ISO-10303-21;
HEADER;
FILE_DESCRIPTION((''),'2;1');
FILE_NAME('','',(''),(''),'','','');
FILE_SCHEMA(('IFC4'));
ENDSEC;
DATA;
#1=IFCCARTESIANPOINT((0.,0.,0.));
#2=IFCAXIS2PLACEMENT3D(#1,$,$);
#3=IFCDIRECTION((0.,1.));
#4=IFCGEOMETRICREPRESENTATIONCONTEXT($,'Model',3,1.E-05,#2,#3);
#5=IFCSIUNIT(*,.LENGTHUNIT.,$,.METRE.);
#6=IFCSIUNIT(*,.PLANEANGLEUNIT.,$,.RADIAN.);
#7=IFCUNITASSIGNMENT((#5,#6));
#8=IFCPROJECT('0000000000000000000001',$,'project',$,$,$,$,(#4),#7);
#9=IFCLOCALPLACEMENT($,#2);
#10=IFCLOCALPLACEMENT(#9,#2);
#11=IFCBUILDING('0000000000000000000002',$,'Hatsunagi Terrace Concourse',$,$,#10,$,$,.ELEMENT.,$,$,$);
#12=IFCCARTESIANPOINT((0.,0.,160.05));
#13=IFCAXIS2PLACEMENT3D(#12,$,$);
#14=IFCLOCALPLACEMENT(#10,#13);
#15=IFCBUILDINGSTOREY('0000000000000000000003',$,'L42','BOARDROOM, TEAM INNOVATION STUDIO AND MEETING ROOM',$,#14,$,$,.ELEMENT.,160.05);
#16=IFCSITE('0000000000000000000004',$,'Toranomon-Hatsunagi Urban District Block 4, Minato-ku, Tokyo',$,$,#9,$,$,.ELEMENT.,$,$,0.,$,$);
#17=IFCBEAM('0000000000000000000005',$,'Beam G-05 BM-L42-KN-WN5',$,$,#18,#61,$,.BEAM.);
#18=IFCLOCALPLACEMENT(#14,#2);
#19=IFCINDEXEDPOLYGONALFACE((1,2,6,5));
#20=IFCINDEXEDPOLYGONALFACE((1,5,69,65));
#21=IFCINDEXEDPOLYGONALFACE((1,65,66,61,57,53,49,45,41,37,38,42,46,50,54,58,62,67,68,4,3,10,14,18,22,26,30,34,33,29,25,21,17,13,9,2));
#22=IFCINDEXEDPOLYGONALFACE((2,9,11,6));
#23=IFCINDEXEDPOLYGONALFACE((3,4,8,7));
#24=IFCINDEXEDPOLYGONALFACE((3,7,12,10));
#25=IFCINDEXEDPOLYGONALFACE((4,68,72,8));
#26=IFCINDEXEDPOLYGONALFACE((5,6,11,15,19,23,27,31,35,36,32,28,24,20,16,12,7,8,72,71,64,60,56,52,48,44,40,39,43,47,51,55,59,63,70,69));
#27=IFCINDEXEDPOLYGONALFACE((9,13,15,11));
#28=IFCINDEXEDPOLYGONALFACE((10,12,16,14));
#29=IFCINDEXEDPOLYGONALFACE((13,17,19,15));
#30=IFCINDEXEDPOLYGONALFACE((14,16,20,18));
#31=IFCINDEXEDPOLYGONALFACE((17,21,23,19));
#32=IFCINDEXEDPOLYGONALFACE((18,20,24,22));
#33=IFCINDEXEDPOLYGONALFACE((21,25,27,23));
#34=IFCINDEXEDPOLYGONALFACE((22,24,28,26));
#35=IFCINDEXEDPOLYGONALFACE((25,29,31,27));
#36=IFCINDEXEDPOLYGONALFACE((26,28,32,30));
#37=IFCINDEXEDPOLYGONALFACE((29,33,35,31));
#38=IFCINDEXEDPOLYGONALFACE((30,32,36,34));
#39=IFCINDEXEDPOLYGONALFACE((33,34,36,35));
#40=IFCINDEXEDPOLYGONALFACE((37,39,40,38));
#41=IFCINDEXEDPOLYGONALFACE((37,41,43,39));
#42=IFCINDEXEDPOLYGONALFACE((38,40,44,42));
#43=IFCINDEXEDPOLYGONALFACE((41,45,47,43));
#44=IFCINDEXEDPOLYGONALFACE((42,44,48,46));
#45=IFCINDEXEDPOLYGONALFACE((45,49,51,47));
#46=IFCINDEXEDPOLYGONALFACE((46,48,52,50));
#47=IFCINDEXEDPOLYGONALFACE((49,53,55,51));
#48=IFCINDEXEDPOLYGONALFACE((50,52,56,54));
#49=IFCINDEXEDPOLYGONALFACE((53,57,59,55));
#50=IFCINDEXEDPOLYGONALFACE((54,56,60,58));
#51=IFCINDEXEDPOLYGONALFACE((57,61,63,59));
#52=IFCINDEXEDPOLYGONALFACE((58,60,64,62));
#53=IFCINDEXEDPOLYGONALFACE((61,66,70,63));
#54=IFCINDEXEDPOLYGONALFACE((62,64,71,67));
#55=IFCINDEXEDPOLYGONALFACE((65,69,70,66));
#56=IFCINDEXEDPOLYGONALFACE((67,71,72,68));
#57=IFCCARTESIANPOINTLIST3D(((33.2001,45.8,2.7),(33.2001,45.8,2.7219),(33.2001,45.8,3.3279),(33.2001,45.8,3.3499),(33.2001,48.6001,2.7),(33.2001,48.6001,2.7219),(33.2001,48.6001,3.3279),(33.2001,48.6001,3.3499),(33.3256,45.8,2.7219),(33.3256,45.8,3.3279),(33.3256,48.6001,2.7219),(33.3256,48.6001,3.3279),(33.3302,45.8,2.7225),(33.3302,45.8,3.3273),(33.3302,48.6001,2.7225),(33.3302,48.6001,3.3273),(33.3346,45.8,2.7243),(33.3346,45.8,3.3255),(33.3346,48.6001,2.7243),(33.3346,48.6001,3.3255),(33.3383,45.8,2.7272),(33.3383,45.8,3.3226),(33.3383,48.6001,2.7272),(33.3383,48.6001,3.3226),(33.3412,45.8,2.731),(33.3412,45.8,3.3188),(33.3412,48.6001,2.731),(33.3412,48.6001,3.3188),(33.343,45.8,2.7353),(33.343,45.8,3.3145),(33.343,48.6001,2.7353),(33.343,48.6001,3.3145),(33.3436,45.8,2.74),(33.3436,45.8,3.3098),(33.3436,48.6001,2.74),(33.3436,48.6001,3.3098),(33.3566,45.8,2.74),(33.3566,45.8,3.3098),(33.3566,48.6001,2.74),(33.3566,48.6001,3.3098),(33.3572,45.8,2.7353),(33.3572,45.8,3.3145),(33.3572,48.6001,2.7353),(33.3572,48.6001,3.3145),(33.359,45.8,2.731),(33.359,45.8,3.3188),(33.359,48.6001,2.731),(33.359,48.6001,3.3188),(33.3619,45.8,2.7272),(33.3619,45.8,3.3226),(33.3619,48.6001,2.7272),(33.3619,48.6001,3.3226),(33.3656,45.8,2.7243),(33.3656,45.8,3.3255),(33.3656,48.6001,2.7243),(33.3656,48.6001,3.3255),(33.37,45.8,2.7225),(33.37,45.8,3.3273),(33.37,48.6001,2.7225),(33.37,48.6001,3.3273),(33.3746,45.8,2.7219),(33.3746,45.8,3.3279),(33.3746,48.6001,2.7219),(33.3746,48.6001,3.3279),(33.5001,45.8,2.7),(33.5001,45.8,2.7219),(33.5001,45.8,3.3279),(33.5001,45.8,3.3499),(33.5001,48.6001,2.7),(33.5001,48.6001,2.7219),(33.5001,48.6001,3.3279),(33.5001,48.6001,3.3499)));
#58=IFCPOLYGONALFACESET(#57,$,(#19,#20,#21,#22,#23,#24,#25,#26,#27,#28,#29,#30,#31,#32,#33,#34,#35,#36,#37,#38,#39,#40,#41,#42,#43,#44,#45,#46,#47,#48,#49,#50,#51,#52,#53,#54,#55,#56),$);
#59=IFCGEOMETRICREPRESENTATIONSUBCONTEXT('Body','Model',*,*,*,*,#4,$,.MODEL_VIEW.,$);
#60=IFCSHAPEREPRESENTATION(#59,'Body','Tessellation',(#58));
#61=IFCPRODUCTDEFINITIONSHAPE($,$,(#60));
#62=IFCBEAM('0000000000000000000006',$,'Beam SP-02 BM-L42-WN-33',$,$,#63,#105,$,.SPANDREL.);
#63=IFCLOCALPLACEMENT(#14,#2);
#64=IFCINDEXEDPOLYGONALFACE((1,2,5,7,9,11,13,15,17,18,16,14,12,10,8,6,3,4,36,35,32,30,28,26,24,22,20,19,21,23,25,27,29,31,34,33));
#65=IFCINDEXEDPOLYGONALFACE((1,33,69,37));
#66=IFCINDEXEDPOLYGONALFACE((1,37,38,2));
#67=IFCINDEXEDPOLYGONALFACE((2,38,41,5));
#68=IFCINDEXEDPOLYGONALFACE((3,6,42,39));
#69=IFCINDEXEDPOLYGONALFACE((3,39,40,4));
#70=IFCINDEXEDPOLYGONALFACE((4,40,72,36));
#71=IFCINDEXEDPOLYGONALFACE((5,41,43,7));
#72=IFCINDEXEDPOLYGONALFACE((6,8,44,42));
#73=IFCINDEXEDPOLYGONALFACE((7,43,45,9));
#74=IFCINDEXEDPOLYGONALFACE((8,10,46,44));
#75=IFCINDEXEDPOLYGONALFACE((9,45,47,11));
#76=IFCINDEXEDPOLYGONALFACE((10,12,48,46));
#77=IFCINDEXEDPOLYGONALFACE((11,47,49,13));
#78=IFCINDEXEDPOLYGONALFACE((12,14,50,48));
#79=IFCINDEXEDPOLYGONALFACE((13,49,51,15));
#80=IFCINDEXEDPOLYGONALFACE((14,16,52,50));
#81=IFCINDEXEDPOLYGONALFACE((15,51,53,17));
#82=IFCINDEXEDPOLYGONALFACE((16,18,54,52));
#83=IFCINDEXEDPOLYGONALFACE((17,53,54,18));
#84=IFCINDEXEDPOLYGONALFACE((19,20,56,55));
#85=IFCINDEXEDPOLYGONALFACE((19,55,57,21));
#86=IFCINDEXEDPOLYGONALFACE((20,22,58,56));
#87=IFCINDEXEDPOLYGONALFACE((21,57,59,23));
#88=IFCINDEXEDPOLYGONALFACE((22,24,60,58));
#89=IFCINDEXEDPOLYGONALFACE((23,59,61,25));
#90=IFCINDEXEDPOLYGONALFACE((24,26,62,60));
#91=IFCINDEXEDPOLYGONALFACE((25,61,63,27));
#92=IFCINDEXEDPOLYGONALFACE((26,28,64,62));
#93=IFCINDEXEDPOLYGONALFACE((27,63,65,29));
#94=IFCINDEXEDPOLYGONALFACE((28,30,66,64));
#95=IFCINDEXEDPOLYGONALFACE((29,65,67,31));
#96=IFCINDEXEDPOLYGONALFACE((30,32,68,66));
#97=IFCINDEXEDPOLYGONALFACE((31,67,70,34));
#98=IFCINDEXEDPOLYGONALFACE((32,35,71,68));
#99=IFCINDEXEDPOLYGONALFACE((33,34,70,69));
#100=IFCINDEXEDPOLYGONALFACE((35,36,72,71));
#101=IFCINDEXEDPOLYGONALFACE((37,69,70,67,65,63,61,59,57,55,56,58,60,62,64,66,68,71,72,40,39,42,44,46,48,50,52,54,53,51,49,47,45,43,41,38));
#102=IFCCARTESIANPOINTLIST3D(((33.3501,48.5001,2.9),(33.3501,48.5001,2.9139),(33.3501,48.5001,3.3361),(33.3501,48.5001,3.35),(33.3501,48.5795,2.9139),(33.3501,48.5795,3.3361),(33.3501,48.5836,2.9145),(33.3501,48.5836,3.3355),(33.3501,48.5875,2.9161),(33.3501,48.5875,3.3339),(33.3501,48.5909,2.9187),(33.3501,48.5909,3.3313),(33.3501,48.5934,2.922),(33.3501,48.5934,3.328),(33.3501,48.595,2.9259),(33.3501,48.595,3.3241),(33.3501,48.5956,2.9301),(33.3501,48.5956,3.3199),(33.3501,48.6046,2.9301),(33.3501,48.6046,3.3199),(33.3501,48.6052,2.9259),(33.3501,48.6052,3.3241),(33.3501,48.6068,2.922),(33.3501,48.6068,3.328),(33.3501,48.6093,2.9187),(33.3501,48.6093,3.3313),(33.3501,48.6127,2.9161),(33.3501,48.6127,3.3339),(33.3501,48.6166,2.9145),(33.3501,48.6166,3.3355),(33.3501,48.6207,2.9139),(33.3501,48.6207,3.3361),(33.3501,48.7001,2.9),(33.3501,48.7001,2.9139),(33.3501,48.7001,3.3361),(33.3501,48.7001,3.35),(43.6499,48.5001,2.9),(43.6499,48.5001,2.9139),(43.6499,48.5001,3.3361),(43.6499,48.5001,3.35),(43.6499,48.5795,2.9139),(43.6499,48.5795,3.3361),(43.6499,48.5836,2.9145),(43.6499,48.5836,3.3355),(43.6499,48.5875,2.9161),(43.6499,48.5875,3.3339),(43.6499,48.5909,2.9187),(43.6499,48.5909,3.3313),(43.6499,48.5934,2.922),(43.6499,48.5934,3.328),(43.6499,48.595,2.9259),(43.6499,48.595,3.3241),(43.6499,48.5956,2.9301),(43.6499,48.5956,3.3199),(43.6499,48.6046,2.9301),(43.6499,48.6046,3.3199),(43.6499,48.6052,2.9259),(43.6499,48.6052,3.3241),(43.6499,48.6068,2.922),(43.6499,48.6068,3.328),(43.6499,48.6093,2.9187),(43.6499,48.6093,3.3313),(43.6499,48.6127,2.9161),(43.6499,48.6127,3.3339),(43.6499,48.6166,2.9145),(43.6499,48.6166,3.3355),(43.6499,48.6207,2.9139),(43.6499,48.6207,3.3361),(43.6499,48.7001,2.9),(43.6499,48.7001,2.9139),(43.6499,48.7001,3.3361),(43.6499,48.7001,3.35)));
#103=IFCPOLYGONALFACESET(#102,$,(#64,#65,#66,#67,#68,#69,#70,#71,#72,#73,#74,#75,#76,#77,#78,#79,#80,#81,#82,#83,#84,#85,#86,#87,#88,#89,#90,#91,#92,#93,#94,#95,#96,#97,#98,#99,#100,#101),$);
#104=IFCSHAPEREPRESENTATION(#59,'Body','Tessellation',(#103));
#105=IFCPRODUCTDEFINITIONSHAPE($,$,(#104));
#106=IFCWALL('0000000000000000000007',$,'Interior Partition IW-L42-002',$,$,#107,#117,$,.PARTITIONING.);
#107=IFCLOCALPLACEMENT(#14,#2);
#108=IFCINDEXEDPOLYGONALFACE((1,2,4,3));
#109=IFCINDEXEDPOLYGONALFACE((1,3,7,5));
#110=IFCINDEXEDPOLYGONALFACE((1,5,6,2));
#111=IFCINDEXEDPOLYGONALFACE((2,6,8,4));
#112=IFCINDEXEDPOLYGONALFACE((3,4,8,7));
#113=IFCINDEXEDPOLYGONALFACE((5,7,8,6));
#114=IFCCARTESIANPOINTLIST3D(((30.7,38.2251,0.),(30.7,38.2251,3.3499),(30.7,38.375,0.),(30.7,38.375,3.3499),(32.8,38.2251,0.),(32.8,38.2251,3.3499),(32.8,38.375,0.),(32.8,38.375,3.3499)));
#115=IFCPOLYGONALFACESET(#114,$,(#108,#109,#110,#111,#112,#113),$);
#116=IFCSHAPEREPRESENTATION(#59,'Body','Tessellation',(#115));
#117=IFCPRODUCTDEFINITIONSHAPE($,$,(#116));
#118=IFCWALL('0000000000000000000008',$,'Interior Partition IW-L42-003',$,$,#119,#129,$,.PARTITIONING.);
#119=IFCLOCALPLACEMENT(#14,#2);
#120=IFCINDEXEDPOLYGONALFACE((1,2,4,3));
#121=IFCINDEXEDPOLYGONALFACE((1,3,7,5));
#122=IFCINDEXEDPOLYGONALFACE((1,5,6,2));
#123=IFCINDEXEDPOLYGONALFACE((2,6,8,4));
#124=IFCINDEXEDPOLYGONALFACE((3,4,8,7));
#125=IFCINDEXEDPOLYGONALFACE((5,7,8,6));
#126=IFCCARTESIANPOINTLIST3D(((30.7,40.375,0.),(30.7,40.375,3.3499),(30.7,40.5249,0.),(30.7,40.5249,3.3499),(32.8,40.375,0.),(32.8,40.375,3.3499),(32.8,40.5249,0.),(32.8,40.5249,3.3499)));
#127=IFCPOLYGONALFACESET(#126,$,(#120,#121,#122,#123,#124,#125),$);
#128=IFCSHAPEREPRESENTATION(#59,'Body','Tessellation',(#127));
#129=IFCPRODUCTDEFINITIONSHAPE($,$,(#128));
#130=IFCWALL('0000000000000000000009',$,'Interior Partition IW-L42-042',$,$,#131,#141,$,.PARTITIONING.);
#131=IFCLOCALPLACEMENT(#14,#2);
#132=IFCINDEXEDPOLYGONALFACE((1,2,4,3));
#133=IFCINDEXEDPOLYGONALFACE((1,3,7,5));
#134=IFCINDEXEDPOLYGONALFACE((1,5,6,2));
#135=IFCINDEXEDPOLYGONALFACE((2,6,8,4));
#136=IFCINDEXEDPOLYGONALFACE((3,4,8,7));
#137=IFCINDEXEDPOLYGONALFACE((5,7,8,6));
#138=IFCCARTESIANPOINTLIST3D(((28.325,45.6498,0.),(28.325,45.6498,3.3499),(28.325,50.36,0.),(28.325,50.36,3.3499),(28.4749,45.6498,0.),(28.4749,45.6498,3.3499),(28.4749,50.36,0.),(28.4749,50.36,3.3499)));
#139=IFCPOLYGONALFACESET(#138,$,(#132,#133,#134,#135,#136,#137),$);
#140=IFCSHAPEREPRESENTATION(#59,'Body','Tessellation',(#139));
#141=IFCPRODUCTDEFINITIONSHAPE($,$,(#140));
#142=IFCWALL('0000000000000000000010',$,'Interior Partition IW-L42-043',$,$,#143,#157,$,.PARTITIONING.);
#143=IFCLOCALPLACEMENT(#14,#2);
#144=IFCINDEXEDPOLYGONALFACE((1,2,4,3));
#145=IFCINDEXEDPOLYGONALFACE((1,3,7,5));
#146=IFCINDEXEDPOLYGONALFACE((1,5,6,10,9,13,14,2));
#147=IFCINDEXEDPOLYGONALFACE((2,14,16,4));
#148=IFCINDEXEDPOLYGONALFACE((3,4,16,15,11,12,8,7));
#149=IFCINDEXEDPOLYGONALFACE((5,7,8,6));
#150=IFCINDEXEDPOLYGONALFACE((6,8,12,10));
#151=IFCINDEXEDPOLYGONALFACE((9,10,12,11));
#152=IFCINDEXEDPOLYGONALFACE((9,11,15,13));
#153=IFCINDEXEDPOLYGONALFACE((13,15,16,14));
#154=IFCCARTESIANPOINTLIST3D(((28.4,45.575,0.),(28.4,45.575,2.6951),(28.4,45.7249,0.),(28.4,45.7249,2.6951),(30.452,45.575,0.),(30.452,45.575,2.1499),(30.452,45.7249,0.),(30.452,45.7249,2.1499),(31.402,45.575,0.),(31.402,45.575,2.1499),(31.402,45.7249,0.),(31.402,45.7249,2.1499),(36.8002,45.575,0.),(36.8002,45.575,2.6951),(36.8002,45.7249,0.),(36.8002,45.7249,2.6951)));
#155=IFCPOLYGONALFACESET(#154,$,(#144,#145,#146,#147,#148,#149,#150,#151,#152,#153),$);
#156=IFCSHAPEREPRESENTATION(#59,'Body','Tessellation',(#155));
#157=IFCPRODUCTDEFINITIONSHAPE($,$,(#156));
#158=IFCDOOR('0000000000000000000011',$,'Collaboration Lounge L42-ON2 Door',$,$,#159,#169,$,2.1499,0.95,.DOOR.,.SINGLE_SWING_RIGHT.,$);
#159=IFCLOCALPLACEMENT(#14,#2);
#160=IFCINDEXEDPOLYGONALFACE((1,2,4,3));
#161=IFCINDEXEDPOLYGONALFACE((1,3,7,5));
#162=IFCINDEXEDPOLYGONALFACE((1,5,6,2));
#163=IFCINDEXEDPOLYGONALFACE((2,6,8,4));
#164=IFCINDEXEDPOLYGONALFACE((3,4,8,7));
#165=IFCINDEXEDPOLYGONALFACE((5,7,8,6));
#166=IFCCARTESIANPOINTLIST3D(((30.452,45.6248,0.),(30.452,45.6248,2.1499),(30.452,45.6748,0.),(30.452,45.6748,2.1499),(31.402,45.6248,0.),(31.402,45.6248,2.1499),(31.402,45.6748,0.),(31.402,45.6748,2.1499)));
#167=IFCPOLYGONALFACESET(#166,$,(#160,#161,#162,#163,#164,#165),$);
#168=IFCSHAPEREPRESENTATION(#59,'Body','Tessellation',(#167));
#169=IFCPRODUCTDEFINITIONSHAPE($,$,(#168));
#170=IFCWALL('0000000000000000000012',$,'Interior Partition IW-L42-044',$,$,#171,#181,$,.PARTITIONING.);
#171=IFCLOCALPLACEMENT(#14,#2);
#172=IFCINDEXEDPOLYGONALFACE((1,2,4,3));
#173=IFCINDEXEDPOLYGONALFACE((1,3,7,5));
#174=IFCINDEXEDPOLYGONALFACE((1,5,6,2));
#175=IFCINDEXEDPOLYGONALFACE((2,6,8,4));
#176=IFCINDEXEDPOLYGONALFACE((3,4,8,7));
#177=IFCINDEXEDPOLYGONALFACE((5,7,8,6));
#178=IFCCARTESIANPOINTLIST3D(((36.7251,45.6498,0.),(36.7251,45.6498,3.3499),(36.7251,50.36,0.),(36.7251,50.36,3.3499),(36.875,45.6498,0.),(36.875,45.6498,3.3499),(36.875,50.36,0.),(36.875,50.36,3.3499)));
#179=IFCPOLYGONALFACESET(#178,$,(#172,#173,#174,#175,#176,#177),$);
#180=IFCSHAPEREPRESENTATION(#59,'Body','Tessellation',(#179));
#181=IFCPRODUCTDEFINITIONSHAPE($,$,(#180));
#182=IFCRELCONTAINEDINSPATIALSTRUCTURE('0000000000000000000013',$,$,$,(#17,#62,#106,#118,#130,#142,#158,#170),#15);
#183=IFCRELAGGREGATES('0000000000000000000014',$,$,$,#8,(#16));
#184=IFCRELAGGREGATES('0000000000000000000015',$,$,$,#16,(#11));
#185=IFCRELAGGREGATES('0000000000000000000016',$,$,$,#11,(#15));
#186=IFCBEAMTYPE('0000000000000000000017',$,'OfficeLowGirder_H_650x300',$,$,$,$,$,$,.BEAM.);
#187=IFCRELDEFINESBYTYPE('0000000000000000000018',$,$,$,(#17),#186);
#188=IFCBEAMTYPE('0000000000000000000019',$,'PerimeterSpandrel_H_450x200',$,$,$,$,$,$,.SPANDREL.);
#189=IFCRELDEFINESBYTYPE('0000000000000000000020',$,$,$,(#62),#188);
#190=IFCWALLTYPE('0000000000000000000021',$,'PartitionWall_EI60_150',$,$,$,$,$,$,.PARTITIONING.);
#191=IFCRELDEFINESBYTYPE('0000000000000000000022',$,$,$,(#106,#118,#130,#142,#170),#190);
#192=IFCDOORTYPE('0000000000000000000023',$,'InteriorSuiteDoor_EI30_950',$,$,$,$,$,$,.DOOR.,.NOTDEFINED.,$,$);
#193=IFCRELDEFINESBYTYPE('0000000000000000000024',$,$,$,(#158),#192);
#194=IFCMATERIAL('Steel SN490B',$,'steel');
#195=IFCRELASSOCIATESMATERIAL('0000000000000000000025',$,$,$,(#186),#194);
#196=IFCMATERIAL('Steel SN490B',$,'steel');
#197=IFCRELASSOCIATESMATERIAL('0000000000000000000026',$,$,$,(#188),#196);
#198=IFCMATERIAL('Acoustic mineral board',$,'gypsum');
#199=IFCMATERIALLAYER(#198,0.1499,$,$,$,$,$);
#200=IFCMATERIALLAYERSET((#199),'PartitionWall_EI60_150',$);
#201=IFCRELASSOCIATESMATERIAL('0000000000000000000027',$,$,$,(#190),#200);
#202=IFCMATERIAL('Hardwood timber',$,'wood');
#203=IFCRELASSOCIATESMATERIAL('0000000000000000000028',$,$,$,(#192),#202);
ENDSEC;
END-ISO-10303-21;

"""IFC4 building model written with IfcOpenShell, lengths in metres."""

from ifc_helpers import new_model, si_unit, direction, frame, frame_2d, origin, origin_2d, place, context, subcontext, project, spatial, rectangle, i_section, extrude, material, layer, layer_set, material_profile, profile_set, type_object, element, fill, save


model = new_model("IFC4")

# Units and contexts
model_context = context("Model", 3, precision=1e-05, world=origin(), true_north=direction((0.0, 1.0)))
body_context = subcontext(model_context, "Body", "Model", "MODEL_VIEW")
ifc_project = project(units=[si_unit("LENGTHUNIT", "METRE"), si_unit("PLANEANGLEUNIT", "RADIAN")], contexts=[model_context])

# Site, building, storey
site_placement = place(None, origin())
site = spatial("IfcSite", under=ifc_project, at=site_placement, Name="Toranomon-Hatsunagi Urban District Block 4, Minato-ku, Tokyo", CompositionType="ELEMENT", RefElevation=0.0)
building_placement = place(site_placement, origin())
building = spatial("IfcBuilding", under=site, at=building_placement, Name="Hatsunagi Terrace Concourse", CompositionType="ELEMENT")
storey_placement = place(building_placement, frame((0.0, 0.0, 160.05)))
storey = spatial("IfcBuildingStorey", under=building, at=storey_placement, Name="L42", Description="BOARDROOM, TEAM INNOVATION STUDIO AND MEETING ROOM", CompositionType="ELEMENT", Elevation=160.05)

# Beams
ifc_material_1 = material(Name="Steel SN490B", Category="steel")
ifc_material_profile_1 = material_profile(ifc_material_1, i_section(OverallWidth=0.3, OverallDepth=0.6499, WebThickness=0.0129, FlangeThickness=0.022, FilletRadius=0.0181, at=origin_2d()), Name="H-650x300x13x22")
ifc_profile_set_1 = profile_set([ifc_material_profile_1], Name="Steel SN490B")
beam_type_1 = type_object("IfcBeamType", Name="OfficeLowGirder_H_650x300", PredefinedType="BEAM", material=ifc_profile_set_1)
beam_1_placement = place(storey_placement, frame((33.3501, 45.8, 3.0249), z_axis=(0.0, 1.0, 0.0), x_axis=(-1.0, 0.0, 0.0)))
element("IfcBeam", 1, at=beam_1_placement, inside=storey, type_object=beam_type_1, Name="Beam G-05 BM-L42-KN-WN5", PredefinedType="BEAM", context=body_context, shape_type="SweptSolid", body=[
    extrude(i_section(OverallWidth=0.3, OverallDepth=0.6499, WebThickness=0.0129, FlangeThickness=0.022, FilletRadius=0.0181, at=origin_2d()), origin(), (0.0, 0.0, 1.0), 2.8),
])
ifc_material_2 = material(Name="Steel SN490B", Category="steel")
ifc_material_profile_2 = material_profile(ifc_material_2, i_section(OverallWidth=0.2, OverallDepth=0.45, WebThickness=0.009, FlangeThickness=0.0139, FilletRadius=0.0161, at=origin_2d()), Name="H-450x200x9x14")
ifc_profile_set_2 = profile_set([ifc_material_profile_2], Name="Steel SN490B")
beam_type_2 = type_object("IfcBeamType", Name="PerimeterSpandrel_H_450x200", PredefinedType="SPANDREL", material=ifc_profile_set_2)
beam_2_placement = place(storey_placement, frame((33.3501, 48.6001, 3.125), z_axis=(1.0, 0.0, 0.0), x_axis=(0.0, 1.0, 0.0)))
element("IfcBeam", 2, at=beam_2_placement, inside=storey, type_object=beam_type_2, Name="Beam SP-02 BM-L42-WN-33", PredefinedType="SPANDREL", context=body_context, shape_type="SweptSolid", body=[
    extrude(i_section(OverallWidth=0.2, OverallDepth=0.45, WebThickness=0.009, FlangeThickness=0.0139, FilletRadius=0.0161, at=origin_2d()), origin(), (0.0, 0.0, 1.0), 10.2998),
])

# Walls
ifc_material_3 = material(Name="Acoustic mineral board", Category="gypsum")
ifc_layer_1 = layer(ifc_material_3, 0.1499)
ifc_layer_set_1 = layer_set([ifc_layer_1], Name="PartitionWall_EI60_150")
wall_type_1 = type_object("IfcWallType", Name="PartitionWall_EI60_150", PredefinedType="PARTITIONING", material=ifc_layer_set_1)
for number, where, z_axis, x_axis, name in (
    (3, (30.7, 38.3, 0.0), (0.0, 0.0, 1.0), (1.0, 0.0, 0.0), "Interior Partition IW-L42-002"),
    (4, (30.7, 40.45, 0.0), (0.0, 0.0, 1.0), (1.0, 0.0, 0.0), "Interior Partition IW-L42-003"),
):
    element("IfcWall", number, at=place(storey_placement, frame(where, z_axis=z_axis, x_axis=x_axis)), inside=storey, type_object=wall_type_1, Name=name, PredefinedType="PARTITIONING", context=body_context, shape_type="SweptSolid", body=[
        extrude(rectangle(XDim=2.1001, YDim=0.1499, at=frame_2d((1.05, 0.0))), origin(), (0.0, 0.0, 1.0), 3.3499),
    ])
wall_1_placement = place(storey_placement, frame((28.3999, 45.6499, 0.0), z_axis=(0.0, 0.0, 1.0), x_axis=(0.0, 1.0, 0.0)))
element("IfcWall", 5, at=wall_1_placement, inside=storey, type_object=wall_type_1, Name="Interior Partition IW-L42-042", PredefinedType="PARTITIONING", context=body_context, shape_type="SweptSolid", body=[
    extrude(rectangle(XDim=4.7102, YDim=0.1499, at=frame_2d((2.355, 0.0))), origin(), (0.0, 0.0, 1.0), 3.3499),
])

# Wall, opening, door
wall_2_placement = place(storey_placement, frame((28.3999, 45.6499, 0.0), z_axis=(0.0, 0.0, 1.0), x_axis=(1.0, 0.0, 0.0)))
wall_2 = element("IfcWall", 6, at=wall_2_placement, inside=storey, type_object=wall_type_1, Name="Interior Partition IW-L42-043", PredefinedType="PARTITIONING", context=body_context, shape_type="SweptSolid", body=[
    extrude(rectangle(XDim=8.4001, YDim=0.1499, at=frame_2d((4.2002, 0.0))), origin(), (0.0, 0.0, 1.0), 2.6951),
])
opening_1_placement = place(wall_2_placement, frame((2.052, 0.0, 0.0)))
opening_1 = element("IfcOpeningElement", 7, at=opening_1_placement, cuts=wall_2, PredefinedType="OPENING", context=body_context, shape_type="SweptSolid", body=[
    extrude(rectangle(XDim=0.95, YDim=2.1499, at=frame_2d((0.4751, 1.075))), frame((0.0, 0.085, 0.0), z_axis=(0.0, -1.0, 0.0), x_axis=(1.0, 0.0, 0.0)), (0.0, 0.0, 1.0), 0.1699),
])
ifc_material_4 = material(Name="Hardwood timber", Category="wood")
door_type_1 = type_object("IfcDoorType", Name="InteriorSuiteDoor_EI30_950", OperationType="NOTDEFINED", PredefinedType="DOOR", material=ifc_material_4)
door_1_placement = place(opening_1_placement, origin())
door_1 = element("IfcDoor", 8, at=door_1_placement, inside=storey, type_object=door_type_1, Name="Collaboration Lounge L42-ON2 Door", OperationType="SINGLE_SWING_RIGHT", OverallHeight=2.1499, OverallWidth=0.95, PredefinedType="DOOR", context=body_context, shape_type="SweptSolid", body=[
    extrude(rectangle(XDim=0.95, YDim=2.1499, at=frame_2d((0.4751, 1.075))), frame((0.0, 0.0249, 0.0), z_axis=(0.0, -1.0, 0.0), x_axis=(1.0, 0.0, 0.0)), (0.0, 0.0, 1.0), 0.05),
])
fill(opening_1, door_1)

# Wall
wall_3_placement = place(storey_placement, frame((36.8, 45.6499, 0.0), z_axis=(0.0, 0.0, 1.0), x_axis=(0.0, 1.0, 0.0)))
element("IfcWall", 9, at=wall_3_placement, inside=storey, type_object=wall_type_1, Name="Interior Partition IW-L42-044", PredefinedType="PARTITIONING", context=body_context, shape_type="SweptSolid", body=[
    extrude(rectangle(XDim=4.7102, YDim=0.1499, at=frame_2d((2.355, 0.0))), origin(), (0.0, 0.0, 1.0), 3.3499),
])

save(model, "model.ifc")
